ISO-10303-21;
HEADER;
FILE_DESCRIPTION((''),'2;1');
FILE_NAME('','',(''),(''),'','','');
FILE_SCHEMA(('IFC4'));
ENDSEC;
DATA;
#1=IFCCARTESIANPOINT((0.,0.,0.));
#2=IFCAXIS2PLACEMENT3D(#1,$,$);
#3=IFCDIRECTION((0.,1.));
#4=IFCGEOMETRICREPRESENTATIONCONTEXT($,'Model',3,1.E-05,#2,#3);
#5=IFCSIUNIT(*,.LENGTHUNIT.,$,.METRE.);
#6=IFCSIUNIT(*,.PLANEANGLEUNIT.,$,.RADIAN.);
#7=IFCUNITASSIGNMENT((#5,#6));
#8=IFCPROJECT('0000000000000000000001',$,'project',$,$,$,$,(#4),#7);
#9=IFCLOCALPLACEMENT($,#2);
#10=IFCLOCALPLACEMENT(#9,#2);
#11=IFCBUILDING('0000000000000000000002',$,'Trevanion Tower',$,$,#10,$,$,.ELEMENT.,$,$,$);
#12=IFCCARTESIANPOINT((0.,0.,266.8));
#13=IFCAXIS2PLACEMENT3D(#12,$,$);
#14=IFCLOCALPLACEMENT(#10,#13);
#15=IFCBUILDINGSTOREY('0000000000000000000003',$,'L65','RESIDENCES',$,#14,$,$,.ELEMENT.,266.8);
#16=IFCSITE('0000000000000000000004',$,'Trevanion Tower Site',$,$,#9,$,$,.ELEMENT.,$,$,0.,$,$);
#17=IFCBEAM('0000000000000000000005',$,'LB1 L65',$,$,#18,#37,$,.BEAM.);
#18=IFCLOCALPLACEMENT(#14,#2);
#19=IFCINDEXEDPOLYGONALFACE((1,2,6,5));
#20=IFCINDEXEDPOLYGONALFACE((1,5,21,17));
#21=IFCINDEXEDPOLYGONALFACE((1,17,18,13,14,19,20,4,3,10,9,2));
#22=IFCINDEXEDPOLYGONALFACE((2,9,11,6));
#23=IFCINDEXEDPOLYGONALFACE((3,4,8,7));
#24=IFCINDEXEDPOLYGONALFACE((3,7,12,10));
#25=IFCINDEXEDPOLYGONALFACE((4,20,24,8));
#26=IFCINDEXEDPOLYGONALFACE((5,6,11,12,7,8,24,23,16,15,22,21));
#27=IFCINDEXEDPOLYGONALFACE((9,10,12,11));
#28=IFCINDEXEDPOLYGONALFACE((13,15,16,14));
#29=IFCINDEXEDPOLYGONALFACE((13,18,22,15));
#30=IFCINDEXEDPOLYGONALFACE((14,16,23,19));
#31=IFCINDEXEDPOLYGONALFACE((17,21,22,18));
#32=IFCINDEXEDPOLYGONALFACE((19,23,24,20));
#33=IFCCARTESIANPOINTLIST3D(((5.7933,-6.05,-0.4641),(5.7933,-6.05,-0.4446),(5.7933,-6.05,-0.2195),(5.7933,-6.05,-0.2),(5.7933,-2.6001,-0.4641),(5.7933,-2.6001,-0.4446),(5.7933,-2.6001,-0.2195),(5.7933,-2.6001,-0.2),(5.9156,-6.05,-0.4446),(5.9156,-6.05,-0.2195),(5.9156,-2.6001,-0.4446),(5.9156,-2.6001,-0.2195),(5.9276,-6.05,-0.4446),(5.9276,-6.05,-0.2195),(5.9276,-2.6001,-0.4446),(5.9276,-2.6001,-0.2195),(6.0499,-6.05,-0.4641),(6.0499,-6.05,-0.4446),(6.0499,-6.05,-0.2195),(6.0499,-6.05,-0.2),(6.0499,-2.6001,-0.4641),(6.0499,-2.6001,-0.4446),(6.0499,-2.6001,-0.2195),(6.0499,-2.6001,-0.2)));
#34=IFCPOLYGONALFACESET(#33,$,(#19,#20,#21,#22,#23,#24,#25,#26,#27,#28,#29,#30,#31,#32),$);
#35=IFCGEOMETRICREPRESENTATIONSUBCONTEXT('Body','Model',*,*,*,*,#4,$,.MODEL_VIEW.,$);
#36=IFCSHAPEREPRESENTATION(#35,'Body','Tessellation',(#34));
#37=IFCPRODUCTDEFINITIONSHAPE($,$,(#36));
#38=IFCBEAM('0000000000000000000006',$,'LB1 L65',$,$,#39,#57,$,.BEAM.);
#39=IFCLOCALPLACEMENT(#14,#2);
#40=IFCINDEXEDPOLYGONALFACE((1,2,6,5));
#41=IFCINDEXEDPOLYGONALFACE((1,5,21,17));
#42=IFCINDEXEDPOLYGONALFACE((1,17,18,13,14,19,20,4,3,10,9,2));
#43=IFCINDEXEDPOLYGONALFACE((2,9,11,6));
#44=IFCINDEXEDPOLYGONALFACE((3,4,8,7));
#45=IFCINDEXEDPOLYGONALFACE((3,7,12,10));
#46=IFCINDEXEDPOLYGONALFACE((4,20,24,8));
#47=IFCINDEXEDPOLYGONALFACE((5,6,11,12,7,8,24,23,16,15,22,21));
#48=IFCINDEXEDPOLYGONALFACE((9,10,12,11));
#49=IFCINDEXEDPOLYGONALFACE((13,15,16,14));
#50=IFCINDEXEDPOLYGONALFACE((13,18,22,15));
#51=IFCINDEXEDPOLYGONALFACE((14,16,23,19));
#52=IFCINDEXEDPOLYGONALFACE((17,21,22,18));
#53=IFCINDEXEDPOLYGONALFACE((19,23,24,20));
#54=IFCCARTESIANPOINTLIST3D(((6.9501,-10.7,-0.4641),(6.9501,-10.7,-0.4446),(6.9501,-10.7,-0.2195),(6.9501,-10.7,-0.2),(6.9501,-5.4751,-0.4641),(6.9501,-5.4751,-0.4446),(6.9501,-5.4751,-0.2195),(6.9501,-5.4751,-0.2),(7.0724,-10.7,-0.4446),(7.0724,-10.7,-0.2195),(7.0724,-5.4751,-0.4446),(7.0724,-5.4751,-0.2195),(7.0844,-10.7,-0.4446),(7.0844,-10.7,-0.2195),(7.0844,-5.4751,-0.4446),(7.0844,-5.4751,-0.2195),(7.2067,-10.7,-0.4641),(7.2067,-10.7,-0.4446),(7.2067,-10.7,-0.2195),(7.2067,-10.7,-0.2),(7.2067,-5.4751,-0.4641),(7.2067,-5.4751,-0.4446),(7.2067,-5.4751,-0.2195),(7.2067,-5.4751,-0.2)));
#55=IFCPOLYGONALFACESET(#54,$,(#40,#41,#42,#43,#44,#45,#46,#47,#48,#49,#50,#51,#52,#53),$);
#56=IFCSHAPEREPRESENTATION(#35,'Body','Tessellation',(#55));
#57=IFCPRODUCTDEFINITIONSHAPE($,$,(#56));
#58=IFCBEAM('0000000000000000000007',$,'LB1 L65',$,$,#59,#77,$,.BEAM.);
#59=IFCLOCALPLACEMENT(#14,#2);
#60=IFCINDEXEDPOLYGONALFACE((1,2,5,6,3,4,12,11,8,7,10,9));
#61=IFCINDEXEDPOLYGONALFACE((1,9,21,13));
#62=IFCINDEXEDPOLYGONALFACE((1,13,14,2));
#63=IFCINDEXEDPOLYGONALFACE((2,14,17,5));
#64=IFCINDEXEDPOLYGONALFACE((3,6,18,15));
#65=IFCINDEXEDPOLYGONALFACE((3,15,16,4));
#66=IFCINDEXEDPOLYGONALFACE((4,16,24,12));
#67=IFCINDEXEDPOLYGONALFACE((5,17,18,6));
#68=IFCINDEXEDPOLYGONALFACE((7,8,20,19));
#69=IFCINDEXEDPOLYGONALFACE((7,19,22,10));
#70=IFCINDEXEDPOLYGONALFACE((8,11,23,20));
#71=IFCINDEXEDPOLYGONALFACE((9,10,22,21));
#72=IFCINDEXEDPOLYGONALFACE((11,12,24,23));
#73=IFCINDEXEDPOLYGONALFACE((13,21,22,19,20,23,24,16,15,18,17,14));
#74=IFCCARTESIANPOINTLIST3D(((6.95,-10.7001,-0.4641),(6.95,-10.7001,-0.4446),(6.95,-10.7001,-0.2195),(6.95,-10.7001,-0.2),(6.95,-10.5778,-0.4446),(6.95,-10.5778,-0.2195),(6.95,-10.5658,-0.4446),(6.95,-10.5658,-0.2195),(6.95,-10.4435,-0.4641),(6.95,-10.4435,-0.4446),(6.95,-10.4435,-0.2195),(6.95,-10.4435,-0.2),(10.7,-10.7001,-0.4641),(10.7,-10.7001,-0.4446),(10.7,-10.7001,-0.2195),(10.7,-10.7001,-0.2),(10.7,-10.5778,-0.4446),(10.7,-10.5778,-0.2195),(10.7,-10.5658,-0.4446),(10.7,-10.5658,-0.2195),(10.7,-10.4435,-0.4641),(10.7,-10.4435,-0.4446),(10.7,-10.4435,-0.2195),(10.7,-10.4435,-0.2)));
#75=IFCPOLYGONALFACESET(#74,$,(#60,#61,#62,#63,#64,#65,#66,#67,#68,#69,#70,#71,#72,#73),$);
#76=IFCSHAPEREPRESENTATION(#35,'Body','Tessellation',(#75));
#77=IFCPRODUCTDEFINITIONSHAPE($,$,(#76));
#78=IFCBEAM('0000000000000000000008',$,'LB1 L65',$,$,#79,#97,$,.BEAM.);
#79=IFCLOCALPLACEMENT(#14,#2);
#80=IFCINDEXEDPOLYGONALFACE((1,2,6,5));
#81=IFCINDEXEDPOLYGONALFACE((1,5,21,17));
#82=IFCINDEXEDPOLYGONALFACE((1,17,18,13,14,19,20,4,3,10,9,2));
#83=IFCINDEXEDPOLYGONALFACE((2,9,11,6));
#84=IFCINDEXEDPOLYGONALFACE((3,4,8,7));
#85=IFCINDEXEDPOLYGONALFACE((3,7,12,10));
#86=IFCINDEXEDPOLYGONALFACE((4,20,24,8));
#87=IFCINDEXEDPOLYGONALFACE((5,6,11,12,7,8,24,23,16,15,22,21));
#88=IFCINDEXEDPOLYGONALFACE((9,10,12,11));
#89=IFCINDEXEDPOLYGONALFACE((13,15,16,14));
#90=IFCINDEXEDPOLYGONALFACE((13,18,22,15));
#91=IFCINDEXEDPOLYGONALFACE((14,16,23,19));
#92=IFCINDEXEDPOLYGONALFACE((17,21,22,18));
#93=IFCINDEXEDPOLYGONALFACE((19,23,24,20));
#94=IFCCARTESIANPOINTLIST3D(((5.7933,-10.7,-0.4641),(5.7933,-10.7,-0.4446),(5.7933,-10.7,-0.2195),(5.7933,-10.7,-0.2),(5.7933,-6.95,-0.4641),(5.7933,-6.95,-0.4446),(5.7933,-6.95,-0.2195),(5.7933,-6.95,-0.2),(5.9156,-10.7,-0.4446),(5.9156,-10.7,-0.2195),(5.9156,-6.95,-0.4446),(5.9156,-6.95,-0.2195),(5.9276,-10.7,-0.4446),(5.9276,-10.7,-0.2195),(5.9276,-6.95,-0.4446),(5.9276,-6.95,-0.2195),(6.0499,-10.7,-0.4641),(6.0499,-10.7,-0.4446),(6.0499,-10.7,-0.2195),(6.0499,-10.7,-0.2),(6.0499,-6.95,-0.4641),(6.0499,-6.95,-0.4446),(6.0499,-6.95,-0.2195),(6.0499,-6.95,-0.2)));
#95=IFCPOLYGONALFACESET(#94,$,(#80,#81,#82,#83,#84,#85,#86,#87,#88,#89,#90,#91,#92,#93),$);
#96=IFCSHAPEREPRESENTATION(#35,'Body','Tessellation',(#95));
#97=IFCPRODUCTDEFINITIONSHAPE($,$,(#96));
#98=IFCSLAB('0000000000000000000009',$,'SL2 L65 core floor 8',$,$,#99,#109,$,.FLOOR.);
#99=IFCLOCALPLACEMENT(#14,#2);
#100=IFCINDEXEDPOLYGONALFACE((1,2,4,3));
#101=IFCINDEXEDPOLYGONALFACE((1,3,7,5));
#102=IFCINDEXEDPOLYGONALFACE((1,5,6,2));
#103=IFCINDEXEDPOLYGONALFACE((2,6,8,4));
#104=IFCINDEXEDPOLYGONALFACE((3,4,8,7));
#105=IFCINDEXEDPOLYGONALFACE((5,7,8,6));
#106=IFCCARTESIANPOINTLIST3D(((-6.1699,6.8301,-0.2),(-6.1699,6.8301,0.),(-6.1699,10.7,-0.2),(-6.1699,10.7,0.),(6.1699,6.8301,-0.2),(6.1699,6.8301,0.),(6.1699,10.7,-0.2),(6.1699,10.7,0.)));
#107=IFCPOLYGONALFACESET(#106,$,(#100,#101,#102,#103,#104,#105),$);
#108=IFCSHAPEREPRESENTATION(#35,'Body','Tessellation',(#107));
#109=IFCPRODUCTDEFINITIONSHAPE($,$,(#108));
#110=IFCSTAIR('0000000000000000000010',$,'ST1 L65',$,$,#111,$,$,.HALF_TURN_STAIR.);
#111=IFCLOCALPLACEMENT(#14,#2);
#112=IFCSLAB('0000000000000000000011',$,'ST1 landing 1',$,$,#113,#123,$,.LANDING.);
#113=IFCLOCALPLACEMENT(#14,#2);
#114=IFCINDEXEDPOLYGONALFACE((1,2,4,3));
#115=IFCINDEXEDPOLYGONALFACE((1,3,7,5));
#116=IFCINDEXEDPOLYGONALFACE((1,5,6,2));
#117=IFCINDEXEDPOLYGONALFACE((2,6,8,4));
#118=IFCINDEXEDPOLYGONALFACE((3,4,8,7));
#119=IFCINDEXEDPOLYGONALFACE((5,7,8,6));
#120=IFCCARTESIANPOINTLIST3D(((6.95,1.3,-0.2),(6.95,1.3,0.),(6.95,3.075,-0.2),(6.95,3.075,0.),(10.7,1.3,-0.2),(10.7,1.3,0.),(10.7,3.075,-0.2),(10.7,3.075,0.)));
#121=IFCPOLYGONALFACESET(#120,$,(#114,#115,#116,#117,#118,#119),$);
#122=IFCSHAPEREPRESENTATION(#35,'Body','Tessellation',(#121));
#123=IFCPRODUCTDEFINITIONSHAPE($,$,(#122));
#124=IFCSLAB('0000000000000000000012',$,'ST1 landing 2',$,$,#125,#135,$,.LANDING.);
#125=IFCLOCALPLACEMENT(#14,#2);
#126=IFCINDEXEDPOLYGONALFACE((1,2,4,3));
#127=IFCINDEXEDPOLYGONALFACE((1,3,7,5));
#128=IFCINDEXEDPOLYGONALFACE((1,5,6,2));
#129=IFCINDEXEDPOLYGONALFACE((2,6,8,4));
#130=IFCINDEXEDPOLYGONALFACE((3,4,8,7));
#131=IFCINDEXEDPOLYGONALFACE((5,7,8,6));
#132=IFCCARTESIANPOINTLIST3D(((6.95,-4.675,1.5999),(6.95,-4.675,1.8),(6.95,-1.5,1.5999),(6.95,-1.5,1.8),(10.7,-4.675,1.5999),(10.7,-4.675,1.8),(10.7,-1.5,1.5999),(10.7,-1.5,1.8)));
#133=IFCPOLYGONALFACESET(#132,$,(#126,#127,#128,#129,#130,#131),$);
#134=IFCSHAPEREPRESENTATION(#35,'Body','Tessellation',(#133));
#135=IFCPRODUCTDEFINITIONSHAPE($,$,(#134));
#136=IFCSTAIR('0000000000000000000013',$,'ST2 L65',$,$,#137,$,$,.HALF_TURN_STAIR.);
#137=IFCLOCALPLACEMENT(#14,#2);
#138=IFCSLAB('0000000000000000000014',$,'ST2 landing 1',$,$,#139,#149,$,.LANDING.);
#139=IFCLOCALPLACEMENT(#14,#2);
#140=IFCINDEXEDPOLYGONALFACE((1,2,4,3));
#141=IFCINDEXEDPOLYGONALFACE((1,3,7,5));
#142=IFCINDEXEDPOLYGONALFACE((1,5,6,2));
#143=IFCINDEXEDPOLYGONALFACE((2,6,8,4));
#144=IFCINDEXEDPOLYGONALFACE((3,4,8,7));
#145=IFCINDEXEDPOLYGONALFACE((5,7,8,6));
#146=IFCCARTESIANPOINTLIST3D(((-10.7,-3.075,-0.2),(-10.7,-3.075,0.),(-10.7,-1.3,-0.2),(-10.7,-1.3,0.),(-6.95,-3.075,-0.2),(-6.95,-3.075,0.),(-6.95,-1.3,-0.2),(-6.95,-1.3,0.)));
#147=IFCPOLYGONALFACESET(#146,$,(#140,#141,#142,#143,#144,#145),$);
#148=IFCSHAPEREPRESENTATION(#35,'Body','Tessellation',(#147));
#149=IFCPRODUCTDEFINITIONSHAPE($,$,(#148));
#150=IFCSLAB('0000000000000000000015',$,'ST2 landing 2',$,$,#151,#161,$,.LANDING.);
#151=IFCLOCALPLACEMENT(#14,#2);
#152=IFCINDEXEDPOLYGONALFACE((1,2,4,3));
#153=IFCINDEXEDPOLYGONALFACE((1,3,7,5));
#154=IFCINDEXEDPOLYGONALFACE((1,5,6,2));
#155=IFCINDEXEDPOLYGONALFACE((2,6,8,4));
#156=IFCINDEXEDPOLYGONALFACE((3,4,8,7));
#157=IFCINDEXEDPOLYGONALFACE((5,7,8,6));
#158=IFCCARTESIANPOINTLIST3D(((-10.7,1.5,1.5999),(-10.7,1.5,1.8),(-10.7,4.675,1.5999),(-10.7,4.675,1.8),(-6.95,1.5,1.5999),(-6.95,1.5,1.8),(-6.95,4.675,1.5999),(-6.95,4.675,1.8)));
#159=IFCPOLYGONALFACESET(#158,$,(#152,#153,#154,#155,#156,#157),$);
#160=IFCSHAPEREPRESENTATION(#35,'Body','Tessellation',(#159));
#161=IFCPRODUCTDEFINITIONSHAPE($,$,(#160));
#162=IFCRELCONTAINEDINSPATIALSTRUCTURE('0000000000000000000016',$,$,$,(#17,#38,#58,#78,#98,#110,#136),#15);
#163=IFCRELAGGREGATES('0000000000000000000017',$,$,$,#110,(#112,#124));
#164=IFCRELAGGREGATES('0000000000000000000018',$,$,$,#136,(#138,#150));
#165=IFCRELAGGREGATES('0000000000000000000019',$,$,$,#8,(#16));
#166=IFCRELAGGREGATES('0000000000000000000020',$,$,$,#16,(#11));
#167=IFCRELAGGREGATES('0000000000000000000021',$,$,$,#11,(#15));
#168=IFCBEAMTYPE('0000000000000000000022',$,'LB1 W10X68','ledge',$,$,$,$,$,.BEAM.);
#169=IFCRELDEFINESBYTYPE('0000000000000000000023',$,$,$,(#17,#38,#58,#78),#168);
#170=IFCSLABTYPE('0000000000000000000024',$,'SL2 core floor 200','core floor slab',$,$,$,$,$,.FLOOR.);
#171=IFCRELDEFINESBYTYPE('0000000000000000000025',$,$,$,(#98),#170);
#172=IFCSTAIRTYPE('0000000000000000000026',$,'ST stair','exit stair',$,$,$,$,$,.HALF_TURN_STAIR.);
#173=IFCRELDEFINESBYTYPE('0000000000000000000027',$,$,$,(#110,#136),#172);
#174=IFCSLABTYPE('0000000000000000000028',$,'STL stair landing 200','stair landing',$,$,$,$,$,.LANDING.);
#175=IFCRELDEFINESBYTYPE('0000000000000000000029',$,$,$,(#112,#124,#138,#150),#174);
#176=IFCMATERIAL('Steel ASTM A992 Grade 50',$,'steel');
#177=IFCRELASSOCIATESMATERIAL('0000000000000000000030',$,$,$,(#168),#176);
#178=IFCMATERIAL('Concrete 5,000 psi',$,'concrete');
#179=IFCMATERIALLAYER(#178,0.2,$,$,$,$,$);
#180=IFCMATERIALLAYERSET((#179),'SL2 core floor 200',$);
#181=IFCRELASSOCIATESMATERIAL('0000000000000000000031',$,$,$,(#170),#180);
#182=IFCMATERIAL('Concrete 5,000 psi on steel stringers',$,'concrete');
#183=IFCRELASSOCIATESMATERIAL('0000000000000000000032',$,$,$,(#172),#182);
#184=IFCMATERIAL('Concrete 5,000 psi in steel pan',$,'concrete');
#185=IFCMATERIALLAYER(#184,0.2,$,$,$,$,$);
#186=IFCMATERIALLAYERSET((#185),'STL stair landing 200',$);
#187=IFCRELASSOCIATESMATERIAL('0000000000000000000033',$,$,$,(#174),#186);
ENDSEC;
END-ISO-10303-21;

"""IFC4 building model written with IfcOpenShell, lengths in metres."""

from ifc_helpers import new_model, si_unit, direction, frame, origin, origin_2d, place, context, subcontext, project, spatial, polyline, i_section, outline, extrude, material, layer, layer_set, material_profile, profile_set, type_object, element, aggregate, save


model = new_model("IFC4")

# Units and contexts
model_context = context("Model", 3, precision=1e-05, world=origin(), true_north=direction((0.0, 1.0)))
body_context = subcontext(model_context, "Body", "Model", "MODEL_VIEW")
ifc_project = project(units=[si_unit("LENGTHUNIT", "METRE"), si_unit("PLANEANGLEUNIT", "RADIAN")], contexts=[model_context])

# Site, building, storey
site_placement = place(None, origin())
site = spatial("IfcSite", under=ifc_project, at=site_placement, Name="Trevanion Tower Site", CompositionType="ELEMENT", RefElevation=0.0)
building_placement = place(site_placement, origin())
building = spatial("IfcBuilding", under=site, at=building_placement, Name="Trevanion Tower", CompositionType="ELEMENT")
storey_placement = place(building_placement, frame((0.0, 0.0, 266.8)))
storey = spatial("IfcBuildingStorey", under=building, at=storey_placement, Name="L65", Description="RESIDENCES", CompositionType="ELEMENT", Elevation=266.8)

# Beams
ifc_material_1 = material(Name="Steel ASTM A992 Grade 50", Category="steel")
ifc_material_profile = material_profile(ifc_material_1, i_section(OverallWidth=0.2566, OverallDepth=0.2642, WebThickness=0.012, FlangeThickness=0.0195, at=origin_2d()), Name="W10X68")
ifc_profile_set = profile_set([ifc_material_profile], Name="Steel ASTM A992 Grade 50")
beam_type = type_object("IfcBeamType", Name="LB1 W10X68", Description="ledge", PredefinedType="BEAM", material=ifc_profile_set)
beam_1_placement = place(storey_placement, frame((5.9216, -6.05, -0.332), z_axis=(0.0, 1.0, 0.0), x_axis=(-1.0, 0.0, 0.0)))
element("IfcBeam", 1, at=beam_1_placement, inside=storey, type_object=beam_type, Name="LB1 L65", PredefinedType="BEAM", context=body_context, shape_type="SweptSolid", body=[
    extrude(i_section(OverallWidth=0.2566, OverallDepth=0.2642, WebThickness=0.012, FlangeThickness=0.0195, at=origin_2d()), origin(), (0.0, 0.0, 1.0), 3.45),
])
beam_2_placement = place(storey_placement, frame((7.0784, -10.7, -0.332), z_axis=(0.0, 1.0, 0.0), x_axis=(-1.0, 0.0, 0.0)))
element("IfcBeam", 2, at=beam_2_placement, inside=storey, type_object=beam_type, Name="LB1 L65", PredefinedType="BEAM", context=body_context, shape_type="SweptSolid", body=[
    extrude(i_section(OverallWidth=0.2566, OverallDepth=0.2642, WebThickness=0.012, FlangeThickness=0.0195, at=origin_2d()), origin(), (0.0, 0.0, 1.0), 5.2249),
])
for number, where, z_axis, x_axis, name in (
    (3, (6.95, -10.5718, -0.332), (1.0, 0.0, 0.0), (0.0, 1.0, 0.0), "LB1 L65"),
    (4, (5.9216, -10.7, -0.332), (0.0, 1.0, 0.0), (-1.0, 0.0, 0.0), "LB1 L65"),
):
    element("IfcBeam", number, at=place(storey_placement, frame(where, z_axis=z_axis, x_axis=x_axis)), inside=storey, type_object=beam_type, Name=name, PredefinedType="BEAM", context=body_context, shape_type="SweptSolid", body=[
        extrude(i_section(OverallWidth=0.2566, OverallDepth=0.2642, WebThickness=0.012, FlangeThickness=0.0195, at=origin_2d()), origin(), (0.0, 0.0, 1.0), 3.75),
    ])

# Slab
ifc_material_2 = material(Name="Concrete 5,000 psi", Category="concrete")
ifc_layer_1 = layer(ifc_material_2, 0.2)
ifc_layer_set_1 = layer_set([ifc_layer_1], Name="SL2 core floor 200")
slab_type_1 = type_object("IfcSlabType", Name="SL2 core floor 200", Description="core floor slab", PredefinedType="FLOOR", material=ifc_layer_set_1)
slab_1_placement = place(storey_placement, frame((0.0, 0.0, -0.2)))
element("IfcSlab", 5, at=slab_1_placement, inside=storey, type_object=slab_type_1, Name="SL2 L65 core floor 8", PredefinedType="FLOOR", context=body_context, shape_type="SweptSolid", body=[
    extrude(outline(polyline([(6.1699, 6.8301), (-6.1699, 6.8301), (-6.1699, 10.7), (6.1699, 10.7), (6.1699, 6.8301)])), origin(), (0.0, 0.0, 1.0), 0.2),
])

# Stairs, slabs
ifc_material_3 = material(Name="Concrete 5,000 psi on steel stringers", Category="concrete")
stair_type = type_object("IfcStairType", Name="ST stair", Description="exit stair", PredefinedType="HALF_TURN_STAIR", material=ifc_material_3)
stair_1_placement = place(storey_placement, origin())
stair_1 = element("IfcStair", 6, at=stair_1_placement, inside=storey, type_object=stair_type, Name="ST1 L65", PredefinedType="HALF_TURN_STAIR")
ifc_material_4 = material(Name="Concrete 5,000 psi in steel pan", Category="concrete")
ifc_layer_2 = layer(ifc_material_4, 0.2)
ifc_layer_set_2 = layer_set([ifc_layer_2], Name="STL stair landing 200")
slab_type_2 = type_object("IfcSlabType", Name="STL stair landing 200", Description="stair landing", PredefinedType="LANDING", material=ifc_layer_set_2)
slab_2_placement = place(storey_placement, frame((0.0, 0.0, -0.2)))
slab_2 = element("IfcSlab", 7, at=slab_2_placement, type_object=slab_type_2, Name="ST1 landing 1", PredefinedType="LANDING", context=body_context, shape_type="SweptSolid", body=[
    extrude(outline(polyline([(6.95, 1.3), (10.7, 1.3), (10.7, 3.075), (6.95, 3.075), (6.95, 1.3)])), origin(), (0.0, 0.0, 1.0), 0.2),
])
slab_3_placement = place(storey_placement, frame((0.0, 0.0, 1.5999)))
slab_3 = element("IfcSlab", 8, at=slab_3_placement, type_object=slab_type_2, Name="ST1 landing 2", PredefinedType="LANDING", context=body_context, shape_type="SweptSolid", body=[
    extrude(outline(polyline([(6.95, -4.675), (10.7, -4.675), (10.7, -1.5), (6.95, -1.5), (6.95, -4.675)])), origin(), (0.0, 0.0, 1.0), 0.2002),
])
aggregate(stair_1, [slab_2, slab_3])
stair_2_placement = place(storey_placement, origin())
stair_2 = element("IfcStair", 9, at=stair_2_placement, inside=storey, type_object=stair_type, Name="ST2 L65", PredefinedType="HALF_TURN_STAIR")
slab_4_placement = place(storey_placement, frame((0.0, 0.0, -0.2)))
slab_4 = element("IfcSlab", 10, at=slab_4_placement, type_object=slab_type_2, Name="ST2 landing 1", PredefinedType="LANDING", context=body_context, shape_type="SweptSolid", body=[
    extrude(outline(polyline([(-6.95, -1.3), (-10.7, -1.3), (-10.7, -3.075), (-6.95, -3.075), (-6.95, -1.3)])), origin(), (0.0, 0.0, 1.0), 0.2),
])
slab_5_placement = place(storey_placement, frame((0.0, 0.0, 1.5999)))
slab_5 = element("IfcSlab", 11, at=slab_5_placement, type_object=slab_type_2, Name="ST2 landing 2", PredefinedType="LANDING", context=body_context, shape_type="SweptSolid", body=[
    extrude(outline(polyline([(-6.95, 4.675), (-10.7, 4.675), (-10.7, 1.5), (-6.95, 1.5), (-6.95, 4.675)])), origin(), (0.0, 0.0, 1.0), 0.2002),
])
aggregate(stair_2, [slab_4, slab_5])

save(model, "model.ifc")
